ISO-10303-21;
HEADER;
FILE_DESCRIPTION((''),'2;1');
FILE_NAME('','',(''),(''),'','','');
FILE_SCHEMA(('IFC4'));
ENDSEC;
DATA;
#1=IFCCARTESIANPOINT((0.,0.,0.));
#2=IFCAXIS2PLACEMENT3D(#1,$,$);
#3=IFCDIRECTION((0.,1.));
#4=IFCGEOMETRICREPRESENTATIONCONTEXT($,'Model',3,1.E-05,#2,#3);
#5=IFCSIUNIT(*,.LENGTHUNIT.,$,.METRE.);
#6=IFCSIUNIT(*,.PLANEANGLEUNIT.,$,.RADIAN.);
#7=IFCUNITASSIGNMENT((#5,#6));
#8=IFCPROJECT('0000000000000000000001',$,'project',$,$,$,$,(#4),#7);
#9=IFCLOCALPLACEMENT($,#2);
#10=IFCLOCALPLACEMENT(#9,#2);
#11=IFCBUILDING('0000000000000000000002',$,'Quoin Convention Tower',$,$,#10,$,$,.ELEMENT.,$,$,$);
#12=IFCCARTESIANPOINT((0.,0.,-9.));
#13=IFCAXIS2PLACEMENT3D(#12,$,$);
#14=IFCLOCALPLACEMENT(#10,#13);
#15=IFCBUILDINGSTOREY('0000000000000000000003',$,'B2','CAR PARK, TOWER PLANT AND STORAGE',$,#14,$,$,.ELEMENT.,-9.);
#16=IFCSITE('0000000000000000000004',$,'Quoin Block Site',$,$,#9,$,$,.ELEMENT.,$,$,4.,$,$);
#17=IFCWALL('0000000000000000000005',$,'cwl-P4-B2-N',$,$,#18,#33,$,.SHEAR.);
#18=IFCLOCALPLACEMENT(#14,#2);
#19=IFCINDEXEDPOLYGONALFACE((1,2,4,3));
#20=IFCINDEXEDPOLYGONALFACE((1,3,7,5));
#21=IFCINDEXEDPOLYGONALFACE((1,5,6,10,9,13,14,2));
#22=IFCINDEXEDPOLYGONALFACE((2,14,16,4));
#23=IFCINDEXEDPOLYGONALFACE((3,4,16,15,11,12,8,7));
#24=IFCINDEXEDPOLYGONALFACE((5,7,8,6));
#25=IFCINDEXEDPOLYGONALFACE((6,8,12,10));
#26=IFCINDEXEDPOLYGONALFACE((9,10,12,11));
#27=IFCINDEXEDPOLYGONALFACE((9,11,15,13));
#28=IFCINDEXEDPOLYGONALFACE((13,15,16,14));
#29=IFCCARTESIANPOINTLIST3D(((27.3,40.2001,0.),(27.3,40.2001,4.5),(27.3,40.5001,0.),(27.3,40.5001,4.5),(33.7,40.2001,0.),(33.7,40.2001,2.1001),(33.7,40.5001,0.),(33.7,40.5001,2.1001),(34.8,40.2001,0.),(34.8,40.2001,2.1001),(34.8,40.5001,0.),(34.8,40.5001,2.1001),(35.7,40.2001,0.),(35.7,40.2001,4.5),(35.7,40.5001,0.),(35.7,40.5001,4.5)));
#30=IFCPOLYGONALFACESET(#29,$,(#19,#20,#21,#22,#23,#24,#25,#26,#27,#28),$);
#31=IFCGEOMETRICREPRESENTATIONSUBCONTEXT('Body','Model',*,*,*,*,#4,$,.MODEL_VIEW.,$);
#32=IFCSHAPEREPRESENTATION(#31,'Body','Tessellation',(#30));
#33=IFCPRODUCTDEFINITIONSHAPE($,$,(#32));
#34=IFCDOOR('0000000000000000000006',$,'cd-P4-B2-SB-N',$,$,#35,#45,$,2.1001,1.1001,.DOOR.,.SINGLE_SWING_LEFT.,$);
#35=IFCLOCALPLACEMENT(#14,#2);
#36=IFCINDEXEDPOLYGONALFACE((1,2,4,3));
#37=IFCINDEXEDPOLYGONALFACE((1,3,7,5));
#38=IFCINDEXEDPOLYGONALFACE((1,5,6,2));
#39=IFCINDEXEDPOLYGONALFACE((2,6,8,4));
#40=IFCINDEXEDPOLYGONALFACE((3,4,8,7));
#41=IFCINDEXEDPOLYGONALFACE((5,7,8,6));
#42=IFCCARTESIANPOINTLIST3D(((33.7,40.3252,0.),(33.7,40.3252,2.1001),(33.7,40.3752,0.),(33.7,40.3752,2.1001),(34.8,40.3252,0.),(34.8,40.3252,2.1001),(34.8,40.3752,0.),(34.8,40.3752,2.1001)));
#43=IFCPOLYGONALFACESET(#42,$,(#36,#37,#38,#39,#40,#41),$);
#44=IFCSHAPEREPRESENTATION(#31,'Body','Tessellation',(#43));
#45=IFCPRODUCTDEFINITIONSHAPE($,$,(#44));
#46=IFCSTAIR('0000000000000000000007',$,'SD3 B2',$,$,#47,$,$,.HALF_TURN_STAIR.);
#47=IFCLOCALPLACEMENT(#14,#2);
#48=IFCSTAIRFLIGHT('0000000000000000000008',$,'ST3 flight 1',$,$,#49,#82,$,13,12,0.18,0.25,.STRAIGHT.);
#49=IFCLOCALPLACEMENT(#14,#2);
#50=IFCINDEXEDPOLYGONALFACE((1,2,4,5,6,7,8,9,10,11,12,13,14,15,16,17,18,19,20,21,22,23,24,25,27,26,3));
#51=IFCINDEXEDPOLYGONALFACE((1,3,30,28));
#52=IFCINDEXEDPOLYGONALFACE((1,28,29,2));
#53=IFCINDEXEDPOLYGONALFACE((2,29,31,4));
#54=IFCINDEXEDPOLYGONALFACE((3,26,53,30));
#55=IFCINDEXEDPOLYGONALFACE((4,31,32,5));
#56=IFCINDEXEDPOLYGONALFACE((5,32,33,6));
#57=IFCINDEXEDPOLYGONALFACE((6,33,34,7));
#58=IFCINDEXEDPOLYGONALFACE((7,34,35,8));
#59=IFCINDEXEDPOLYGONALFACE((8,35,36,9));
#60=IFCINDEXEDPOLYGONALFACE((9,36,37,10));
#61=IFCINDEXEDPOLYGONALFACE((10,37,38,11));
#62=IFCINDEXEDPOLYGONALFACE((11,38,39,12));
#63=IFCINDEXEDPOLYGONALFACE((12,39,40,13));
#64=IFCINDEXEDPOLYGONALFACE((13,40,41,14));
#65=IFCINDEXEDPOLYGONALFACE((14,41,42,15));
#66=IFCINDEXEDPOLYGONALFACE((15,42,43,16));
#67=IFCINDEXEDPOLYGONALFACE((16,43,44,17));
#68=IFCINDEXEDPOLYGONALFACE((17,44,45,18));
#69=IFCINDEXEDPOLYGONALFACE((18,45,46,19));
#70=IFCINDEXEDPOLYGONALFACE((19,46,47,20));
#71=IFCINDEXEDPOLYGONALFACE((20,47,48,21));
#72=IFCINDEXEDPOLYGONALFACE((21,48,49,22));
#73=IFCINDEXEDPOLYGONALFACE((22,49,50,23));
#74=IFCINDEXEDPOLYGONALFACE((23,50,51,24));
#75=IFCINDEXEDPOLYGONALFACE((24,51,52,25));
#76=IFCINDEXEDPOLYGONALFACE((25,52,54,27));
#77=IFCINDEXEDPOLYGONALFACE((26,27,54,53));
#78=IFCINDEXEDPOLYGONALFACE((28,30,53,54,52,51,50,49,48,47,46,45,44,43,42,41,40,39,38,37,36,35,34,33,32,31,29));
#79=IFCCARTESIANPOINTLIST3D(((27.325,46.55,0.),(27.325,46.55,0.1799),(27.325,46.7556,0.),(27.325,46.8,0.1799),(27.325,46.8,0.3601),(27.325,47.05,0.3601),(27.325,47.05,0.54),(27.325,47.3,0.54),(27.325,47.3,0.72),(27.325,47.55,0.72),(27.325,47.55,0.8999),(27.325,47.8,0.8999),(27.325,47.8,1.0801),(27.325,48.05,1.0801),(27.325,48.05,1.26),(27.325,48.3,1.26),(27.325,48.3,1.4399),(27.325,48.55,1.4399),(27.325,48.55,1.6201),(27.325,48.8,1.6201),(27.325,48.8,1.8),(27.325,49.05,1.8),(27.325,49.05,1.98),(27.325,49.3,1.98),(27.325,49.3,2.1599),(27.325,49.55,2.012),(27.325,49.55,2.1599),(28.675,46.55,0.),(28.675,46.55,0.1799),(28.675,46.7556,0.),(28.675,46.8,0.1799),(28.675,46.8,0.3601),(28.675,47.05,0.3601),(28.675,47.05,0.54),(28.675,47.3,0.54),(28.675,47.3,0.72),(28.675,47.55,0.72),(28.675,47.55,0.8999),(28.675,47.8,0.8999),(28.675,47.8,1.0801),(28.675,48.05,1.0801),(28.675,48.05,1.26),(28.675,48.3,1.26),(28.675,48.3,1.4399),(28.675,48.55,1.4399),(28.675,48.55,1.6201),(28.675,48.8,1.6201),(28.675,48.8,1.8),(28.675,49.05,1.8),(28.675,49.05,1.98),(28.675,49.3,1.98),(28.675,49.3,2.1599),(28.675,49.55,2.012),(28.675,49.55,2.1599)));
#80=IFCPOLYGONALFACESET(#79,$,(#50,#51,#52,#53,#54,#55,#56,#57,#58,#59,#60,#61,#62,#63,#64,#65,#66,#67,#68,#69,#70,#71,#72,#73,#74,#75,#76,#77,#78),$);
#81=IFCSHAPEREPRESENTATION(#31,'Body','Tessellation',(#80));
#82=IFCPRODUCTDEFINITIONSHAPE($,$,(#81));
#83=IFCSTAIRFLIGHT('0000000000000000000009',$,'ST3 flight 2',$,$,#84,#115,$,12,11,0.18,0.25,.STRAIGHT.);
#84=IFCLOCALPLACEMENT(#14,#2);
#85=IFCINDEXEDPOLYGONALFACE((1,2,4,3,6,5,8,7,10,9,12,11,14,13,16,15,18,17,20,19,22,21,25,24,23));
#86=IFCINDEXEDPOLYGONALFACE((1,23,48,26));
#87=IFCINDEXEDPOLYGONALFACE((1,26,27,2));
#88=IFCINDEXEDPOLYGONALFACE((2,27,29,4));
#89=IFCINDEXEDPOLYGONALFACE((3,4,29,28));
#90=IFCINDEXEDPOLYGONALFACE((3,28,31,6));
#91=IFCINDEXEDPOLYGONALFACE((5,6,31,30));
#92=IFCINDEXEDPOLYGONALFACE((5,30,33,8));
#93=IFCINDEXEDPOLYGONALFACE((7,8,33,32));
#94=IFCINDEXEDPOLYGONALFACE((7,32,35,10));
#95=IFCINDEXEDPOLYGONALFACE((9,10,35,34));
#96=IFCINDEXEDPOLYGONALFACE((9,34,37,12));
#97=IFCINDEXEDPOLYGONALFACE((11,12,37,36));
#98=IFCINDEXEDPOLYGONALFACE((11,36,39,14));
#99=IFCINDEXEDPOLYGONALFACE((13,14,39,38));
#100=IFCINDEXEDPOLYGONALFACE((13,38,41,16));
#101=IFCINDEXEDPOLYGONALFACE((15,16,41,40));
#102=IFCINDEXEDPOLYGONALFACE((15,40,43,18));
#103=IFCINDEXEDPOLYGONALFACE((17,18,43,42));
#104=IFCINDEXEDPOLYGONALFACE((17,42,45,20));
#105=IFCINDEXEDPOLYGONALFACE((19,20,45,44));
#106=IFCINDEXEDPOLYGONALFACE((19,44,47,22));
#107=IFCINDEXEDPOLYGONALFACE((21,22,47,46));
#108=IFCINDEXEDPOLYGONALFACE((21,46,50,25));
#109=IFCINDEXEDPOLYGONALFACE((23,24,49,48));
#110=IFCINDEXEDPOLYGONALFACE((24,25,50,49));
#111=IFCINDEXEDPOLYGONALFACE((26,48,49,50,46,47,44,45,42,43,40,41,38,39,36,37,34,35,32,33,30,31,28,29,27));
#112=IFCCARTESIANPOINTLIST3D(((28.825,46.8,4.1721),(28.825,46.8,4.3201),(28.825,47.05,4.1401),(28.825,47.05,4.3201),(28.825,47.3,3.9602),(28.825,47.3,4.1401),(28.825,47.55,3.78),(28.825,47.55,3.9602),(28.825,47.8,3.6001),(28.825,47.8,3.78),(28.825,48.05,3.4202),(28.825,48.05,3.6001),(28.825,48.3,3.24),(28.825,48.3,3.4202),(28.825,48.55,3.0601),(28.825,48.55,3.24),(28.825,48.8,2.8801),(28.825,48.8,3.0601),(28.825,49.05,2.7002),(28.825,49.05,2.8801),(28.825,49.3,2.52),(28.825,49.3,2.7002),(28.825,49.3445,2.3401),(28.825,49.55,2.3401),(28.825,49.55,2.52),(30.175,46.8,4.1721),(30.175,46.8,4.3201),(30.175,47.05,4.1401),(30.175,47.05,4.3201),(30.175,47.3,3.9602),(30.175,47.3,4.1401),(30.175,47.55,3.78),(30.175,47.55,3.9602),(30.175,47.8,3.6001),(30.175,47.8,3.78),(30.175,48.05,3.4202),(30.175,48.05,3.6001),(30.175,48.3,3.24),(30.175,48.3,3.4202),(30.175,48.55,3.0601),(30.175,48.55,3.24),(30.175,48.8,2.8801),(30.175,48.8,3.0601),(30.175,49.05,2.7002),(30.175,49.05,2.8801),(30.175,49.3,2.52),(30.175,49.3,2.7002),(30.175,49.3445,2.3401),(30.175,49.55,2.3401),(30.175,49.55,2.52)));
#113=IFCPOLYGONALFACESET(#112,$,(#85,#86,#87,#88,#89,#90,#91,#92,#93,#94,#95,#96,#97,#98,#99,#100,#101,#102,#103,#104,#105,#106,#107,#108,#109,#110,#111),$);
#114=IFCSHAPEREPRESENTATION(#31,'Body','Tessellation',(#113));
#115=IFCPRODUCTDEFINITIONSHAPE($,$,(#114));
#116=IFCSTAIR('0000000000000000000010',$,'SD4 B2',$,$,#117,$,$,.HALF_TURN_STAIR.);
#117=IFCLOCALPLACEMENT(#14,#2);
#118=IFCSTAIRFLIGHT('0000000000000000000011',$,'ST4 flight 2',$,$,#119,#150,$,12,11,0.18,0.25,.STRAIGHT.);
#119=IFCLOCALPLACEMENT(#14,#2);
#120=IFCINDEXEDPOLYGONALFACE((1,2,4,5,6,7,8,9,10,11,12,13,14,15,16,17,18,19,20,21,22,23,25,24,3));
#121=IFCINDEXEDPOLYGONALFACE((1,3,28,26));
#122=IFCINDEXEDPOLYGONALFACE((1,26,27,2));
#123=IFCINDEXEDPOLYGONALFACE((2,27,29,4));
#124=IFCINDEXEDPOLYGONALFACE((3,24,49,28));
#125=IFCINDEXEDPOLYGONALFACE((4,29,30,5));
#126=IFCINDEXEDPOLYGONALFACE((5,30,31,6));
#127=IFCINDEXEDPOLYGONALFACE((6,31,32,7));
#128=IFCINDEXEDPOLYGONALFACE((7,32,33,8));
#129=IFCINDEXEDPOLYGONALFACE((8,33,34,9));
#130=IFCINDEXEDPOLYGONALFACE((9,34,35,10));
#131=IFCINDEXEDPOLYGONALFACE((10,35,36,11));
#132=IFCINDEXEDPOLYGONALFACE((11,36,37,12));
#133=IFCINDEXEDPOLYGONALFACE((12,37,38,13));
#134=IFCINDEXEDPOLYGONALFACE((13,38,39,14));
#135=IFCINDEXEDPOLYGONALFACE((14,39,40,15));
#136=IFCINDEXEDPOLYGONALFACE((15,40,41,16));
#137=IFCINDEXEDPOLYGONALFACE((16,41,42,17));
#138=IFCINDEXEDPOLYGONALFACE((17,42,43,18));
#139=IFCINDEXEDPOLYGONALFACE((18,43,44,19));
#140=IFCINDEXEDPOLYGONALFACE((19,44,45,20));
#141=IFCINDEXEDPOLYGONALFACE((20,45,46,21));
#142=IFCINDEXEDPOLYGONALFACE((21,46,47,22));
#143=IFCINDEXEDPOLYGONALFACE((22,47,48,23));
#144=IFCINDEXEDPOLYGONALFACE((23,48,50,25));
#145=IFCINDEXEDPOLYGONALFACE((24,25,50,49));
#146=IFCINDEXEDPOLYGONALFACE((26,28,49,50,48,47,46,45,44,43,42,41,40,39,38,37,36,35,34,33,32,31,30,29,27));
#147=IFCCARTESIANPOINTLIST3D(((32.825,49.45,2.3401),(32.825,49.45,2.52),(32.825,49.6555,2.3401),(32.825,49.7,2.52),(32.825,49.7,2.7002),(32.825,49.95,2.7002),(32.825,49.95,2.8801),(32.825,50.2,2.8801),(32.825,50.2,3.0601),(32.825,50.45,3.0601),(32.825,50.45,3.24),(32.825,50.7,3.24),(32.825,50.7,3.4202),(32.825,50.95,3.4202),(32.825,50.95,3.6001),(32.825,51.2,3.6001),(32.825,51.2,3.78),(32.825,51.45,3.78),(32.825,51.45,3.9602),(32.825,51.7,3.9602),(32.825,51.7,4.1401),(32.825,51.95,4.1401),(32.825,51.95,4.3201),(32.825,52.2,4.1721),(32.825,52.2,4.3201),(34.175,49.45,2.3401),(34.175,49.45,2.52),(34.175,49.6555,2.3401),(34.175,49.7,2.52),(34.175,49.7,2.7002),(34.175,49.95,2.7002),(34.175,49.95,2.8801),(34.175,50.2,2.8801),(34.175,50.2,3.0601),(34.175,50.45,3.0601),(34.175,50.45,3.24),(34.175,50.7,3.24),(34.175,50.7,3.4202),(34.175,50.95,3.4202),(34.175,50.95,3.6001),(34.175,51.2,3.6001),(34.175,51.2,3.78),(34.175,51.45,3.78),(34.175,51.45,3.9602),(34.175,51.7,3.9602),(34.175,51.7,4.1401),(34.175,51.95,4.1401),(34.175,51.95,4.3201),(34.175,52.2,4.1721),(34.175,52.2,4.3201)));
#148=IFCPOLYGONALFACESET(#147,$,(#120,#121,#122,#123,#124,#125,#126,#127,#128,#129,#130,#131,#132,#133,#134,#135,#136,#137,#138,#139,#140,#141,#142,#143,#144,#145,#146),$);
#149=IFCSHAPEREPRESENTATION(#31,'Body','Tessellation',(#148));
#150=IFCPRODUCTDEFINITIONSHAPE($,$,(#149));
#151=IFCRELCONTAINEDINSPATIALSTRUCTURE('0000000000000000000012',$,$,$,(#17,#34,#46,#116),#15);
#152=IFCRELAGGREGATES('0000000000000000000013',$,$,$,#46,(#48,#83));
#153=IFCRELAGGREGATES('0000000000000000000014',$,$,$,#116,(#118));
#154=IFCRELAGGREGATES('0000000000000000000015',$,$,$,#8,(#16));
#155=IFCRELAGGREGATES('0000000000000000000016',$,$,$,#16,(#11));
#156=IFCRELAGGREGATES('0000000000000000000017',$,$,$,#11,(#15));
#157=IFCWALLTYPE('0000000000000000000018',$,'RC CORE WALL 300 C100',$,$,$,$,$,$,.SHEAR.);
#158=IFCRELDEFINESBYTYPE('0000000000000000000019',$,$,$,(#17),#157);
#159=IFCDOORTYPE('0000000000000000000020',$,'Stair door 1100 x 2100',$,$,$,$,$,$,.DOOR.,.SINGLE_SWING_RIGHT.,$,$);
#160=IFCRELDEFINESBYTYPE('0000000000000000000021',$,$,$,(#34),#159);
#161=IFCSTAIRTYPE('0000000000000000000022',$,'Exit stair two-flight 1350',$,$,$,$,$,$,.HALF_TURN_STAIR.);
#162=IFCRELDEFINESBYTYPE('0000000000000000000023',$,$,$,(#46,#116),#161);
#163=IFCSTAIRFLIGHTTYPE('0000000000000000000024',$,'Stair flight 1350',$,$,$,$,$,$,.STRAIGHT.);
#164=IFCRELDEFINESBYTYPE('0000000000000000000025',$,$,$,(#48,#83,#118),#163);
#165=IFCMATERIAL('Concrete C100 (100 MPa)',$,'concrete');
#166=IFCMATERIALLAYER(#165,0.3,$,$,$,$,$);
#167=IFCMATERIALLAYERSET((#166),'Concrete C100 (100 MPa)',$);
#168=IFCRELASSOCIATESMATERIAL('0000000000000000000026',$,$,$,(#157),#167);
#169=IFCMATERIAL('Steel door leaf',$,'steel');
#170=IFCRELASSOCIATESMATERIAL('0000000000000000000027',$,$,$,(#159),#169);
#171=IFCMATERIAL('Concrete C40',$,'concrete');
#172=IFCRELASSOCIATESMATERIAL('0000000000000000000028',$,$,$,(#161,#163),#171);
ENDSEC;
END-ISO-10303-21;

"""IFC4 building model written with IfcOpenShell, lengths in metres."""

from ifc_helpers import new_model, si_unit, direction, frame, frame_2d, origin, place, context, subcontext, project, spatial, polyline, rectangle, outline, extrude, material, layer, layer_set, type_object, element, fill, aggregate, save


model = new_model("IFC4")

# Units and contexts
model_context = context("Model", 3, precision=1e-05, world=origin(), true_north=direction((0.0, 1.0)))
body_context = subcontext(model_context, "Body", "Model", "MODEL_VIEW")
ifc_project = project(units=[si_unit("LENGTHUNIT", "METRE"), si_unit("PLANEANGLEUNIT", "RADIAN")], contexts=[model_context])

# Site, building, storey
site_placement = place(None, origin())
site = spatial("IfcSite", under=ifc_project, at=site_placement, Name="Quoin Block Site", CompositionType="ELEMENT", RefElevation=4.0)
building_placement = place(site_placement, origin())
building = spatial("IfcBuilding", under=site, at=building_placement, Name="Quoin Convention Tower", CompositionType="ELEMENT")
storey_placement = place(building_placement, frame((0.0, 0.0, -9.0)))
storey = spatial("IfcBuildingStorey", under=building, at=storey_placement, Name="B2", Description="CAR PARK, TOWER PLANT AND STORAGE", CompositionType="ELEMENT", Elevation=-9.0)

# Shared definitions
ifc_material_1 = material(Name="Concrete C40", Category="concrete")

# Shared definitions
ifc_material_2 = material(Name="Concrete C100 (100 MPa)", Category="concrete")

# Shared definitions
ifc_layer_1 = layer(ifc_material_2, 0.3)
ifc_layer_set_1 = layer_set([ifc_layer_1], Name="Concrete C100 (100 MPa)")
wall_type_1 = type_object("IfcWallType", Name="RC CORE WALL 300 C100", PredefinedType="SHEAR", material=ifc_layer_set_1)
ifc_material_3 = material(Name="Steel door leaf", Category="steel")
door_type_1 = type_object("IfcDoorType", Name="Stair door 1100 x 2100", OperationType="SINGLE_SWING_RIGHT", PredefinedType="DOOR", material=ifc_material_3)

# Wall, opening, door
wall_1_placement = place(storey_placement, frame((27.3, 40.3501, 0.0), z_axis=(0.0, 0.0, 1.0), x_axis=(1.0, 0.0, 0.0)))
wall_1 = element("IfcWall", 1, at=wall_1_placement, inside=storey, type_object=wall_type_1, Name="cwl-P4-B2-N", PredefinedType="SHEAR", context=body_context, shape_type="SweptSolid", body=[
    extrude(rectangle(XDim=8.3999, YDim=0.3, at=frame_2d((4.2, 0.0))), origin(), (0.0, 0.0, 1.0), 4.5),
])
opening_1_placement = place(wall_1_placement, frame((6.3999, 0.0, 0.0)))
opening_1 = element("IfcOpeningElement", 2, at=opening_1_placement, cuts=wall_1, PredefinedType="OPENING", context=body_context, shape_type="SweptSolid", body=[
    extrude(rectangle(XDim=1.1001, YDim=2.1001, at=frame_2d((0.55, 1.05))), frame((0.0, 0.1599, 0.0), z_axis=(0.0, -1.0, 0.0), x_axis=(1.0, 0.0, 0.0)), (0.0, 0.0, 1.0), 0.3201),
])
door_1_placement = place(opening_1_placement, frame((1.1001, 0.0, 0.0), z_axis=(0.0, 0.0, 1.0), x_axis=(-1.0, 0.0, 0.0)))
door_1 = element("IfcDoor", 3, at=door_1_placement, inside=storey, type_object=door_type_1, Name="cd-P4-B2-SB-N", OperationType="SINGLE_SWING_LEFT", OverallHeight=2.1001, OverallWidth=1.1001, PredefinedType="DOOR", context=body_context, shape_type="SweptSolid", body=[
    extrude(rectangle(XDim=1.1001, YDim=2.1001, at=frame_2d((0.55, 1.05))), frame((0.0, 0.0249, 0.0), z_axis=(0.0, -1.0, 0.0), x_axis=(1.0, 0.0, 0.0)), (0.0, 0.0, 1.0), 0.05),
])
fill(opening_1, door_1)

# Stair, stair flights
stair_type = type_object("IfcStairType", Name="Exit stair two-flight 1350", PredefinedType="HALF_TURN_STAIR", material=ifc_material_1)
stair_1_placement = place(storey_placement, origin())
stair_1 = element("IfcStair", 4, at=stair_1_placement, inside=storey, type_object=stair_type, Name="SD3 B2", PredefinedType="HALF_TURN_STAIR")
stair_flight_type = type_object("IfcStairFlightType", Name="Stair flight 1350", PredefinedType="STRAIGHT", material=ifc_material_1)
stair_flight_1_placement = place(storey_placement, frame((28.0, 46.55, 0.0), z_axis=(0.0, 0.0, 1.0), x_axis=(0.0, 1.0, 0.0)))
stair_flight_1 = element("IfcStairFlight", 5, at=stair_flight_1_placement, type_object=stair_flight_type, Name="ST3 flight 1", NumberOfRisers=13, NumberOfTreads=12, PredefinedType="STRAIGHT", RiserHeight=0.18, TreadLength=0.25, context=body_context, shape_type="SweptSolid", body=[
    extrude(outline(polyline([(0.0, 0.0), (0.0, 0.1799), (0.25, 0.1799), (0.25, 0.3601), (0.5, 0.3601), (0.5, 0.54), (0.75, 0.54), (0.75, 0.72), (1.0, 0.72), (1.0, 0.8999), (1.25, 0.8999), (1.25, 1.0801), (1.5, 1.0801), (1.5, 1.26), (1.75, 1.26), (1.75, 1.4399), (2.0, 1.4399), (2.0, 1.6201), (2.25, 1.6201), (2.25, 1.8), (2.5, 1.8), (2.5, 1.98), (2.75, 1.98), (2.75, 2.1599), (3.0, 2.1599), (3.0, 2.3401), (3.0, 2.012), (0.2056, 0.0), (0.0, 0.0)])), frame((0.0, 0.675, 0.0), z_axis=(0.0, -1.0, 0.0), x_axis=(1.0, 0.0, 0.0)), (0.0, 0.0, 1.0), 1.3501),
])
stair_flight_2_placement = place(storey_placement, frame((29.5, 49.55, 2.3401), z_axis=(0.0, 0.0, 1.0), x_axis=(0.0, -1.0, 0.0)))
stair_flight_2 = element("IfcStairFlight", 6, at=stair_flight_2_placement, type_object=stair_flight_type, Name="ST3 flight 2", NumberOfRisers=12, NumberOfTreads=11, PredefinedType="STRAIGHT", RiserHeight=0.18, TreadLength=0.25, context=body_context, shape_type="SweptSolid", body=[
    extrude(outline(polyline([(0.0, 0.0), (0.0, 0.1799), (0.25, 0.1799), (0.25, 0.3601), (0.5, 0.3601), (0.5, 0.54), (0.75, 0.54), (0.75, 0.72), (1.0, 0.72), (1.0, 0.8999), (1.25, 0.8999), (1.25, 1.0801), (1.5, 1.0801), (1.5, 1.26), (1.75, 1.26), (1.75, 1.4399), (2.0, 1.4399), (2.0, 1.6201), (2.25, 1.6201), (2.25, 1.8), (2.5, 1.8), (2.5, 1.98), (2.75, 1.98), (2.75, 2.1599), (2.75, 1.832), (0.2056, 0.0), (0.0, 0.0)])), frame((0.0, 0.675, 0.0), z_axis=(0.0, -1.0, 0.0), x_axis=(1.0, 0.0, 0.0)), (0.0, 0.0, 1.0), 1.3501),
])
aggregate(stair_1, [stair_flight_1, stair_flight_2])

# Stair, stair flight
stair_2_placement = place(storey_placement, origin())
stair_2 = element("IfcStair", 7, at=stair_2_placement, inside=storey, type_object=stair_type, Name="SD4 B2", PredefinedType="HALF_TURN_STAIR")
stair_flight_3_placement = place(storey_placement, frame((33.5, 49.45, 2.3401), z_axis=(0.0, 0.0, 1.0), x_axis=(0.0, 1.0, 0.0)))
stair_flight_3 = element("IfcStairFlight", 8, at=stair_flight_3_placement, type_object=stair_flight_type, Name="ST4 flight 2", NumberOfRisers=12, NumberOfTreads=11, PredefinedType="STRAIGHT", RiserHeight=0.18, TreadLength=0.25, context=body_context, shape_type="SweptSolid", body=[
    extrude(outline(polyline([(0.0, 0.0), (0.0, 0.1799), (0.25, 0.1799), (0.25, 0.3601), (0.5, 0.3601), (0.5, 0.54), (0.75, 0.54), (0.75, 0.72), (1.0, 0.72), (1.0, 0.8999), (1.25, 0.8999), (1.25, 1.0801), (1.5, 1.0801), (1.5, 1.26), (1.75, 1.26), (1.75, 1.4399), (2.0, 1.4399), (2.0, 1.6201), (2.25, 1.6201), (2.25, 1.8), (2.5, 1.8), (2.5, 1.98), (2.75, 1.98), (2.75, 2.1599), (2.75, 1.832), (0.2056, 0.0), (0.0, 0.0)])), frame((0.0, 0.675, 0.0), z_axis=(0.0, -1.0, 0.0), x_axis=(1.0, 0.0, 0.0)), (0.0, 0.0, 1.0), 1.3501),
])
aggregate(stair_2, [stair_flight_3])

save(model, "model.ifc")
